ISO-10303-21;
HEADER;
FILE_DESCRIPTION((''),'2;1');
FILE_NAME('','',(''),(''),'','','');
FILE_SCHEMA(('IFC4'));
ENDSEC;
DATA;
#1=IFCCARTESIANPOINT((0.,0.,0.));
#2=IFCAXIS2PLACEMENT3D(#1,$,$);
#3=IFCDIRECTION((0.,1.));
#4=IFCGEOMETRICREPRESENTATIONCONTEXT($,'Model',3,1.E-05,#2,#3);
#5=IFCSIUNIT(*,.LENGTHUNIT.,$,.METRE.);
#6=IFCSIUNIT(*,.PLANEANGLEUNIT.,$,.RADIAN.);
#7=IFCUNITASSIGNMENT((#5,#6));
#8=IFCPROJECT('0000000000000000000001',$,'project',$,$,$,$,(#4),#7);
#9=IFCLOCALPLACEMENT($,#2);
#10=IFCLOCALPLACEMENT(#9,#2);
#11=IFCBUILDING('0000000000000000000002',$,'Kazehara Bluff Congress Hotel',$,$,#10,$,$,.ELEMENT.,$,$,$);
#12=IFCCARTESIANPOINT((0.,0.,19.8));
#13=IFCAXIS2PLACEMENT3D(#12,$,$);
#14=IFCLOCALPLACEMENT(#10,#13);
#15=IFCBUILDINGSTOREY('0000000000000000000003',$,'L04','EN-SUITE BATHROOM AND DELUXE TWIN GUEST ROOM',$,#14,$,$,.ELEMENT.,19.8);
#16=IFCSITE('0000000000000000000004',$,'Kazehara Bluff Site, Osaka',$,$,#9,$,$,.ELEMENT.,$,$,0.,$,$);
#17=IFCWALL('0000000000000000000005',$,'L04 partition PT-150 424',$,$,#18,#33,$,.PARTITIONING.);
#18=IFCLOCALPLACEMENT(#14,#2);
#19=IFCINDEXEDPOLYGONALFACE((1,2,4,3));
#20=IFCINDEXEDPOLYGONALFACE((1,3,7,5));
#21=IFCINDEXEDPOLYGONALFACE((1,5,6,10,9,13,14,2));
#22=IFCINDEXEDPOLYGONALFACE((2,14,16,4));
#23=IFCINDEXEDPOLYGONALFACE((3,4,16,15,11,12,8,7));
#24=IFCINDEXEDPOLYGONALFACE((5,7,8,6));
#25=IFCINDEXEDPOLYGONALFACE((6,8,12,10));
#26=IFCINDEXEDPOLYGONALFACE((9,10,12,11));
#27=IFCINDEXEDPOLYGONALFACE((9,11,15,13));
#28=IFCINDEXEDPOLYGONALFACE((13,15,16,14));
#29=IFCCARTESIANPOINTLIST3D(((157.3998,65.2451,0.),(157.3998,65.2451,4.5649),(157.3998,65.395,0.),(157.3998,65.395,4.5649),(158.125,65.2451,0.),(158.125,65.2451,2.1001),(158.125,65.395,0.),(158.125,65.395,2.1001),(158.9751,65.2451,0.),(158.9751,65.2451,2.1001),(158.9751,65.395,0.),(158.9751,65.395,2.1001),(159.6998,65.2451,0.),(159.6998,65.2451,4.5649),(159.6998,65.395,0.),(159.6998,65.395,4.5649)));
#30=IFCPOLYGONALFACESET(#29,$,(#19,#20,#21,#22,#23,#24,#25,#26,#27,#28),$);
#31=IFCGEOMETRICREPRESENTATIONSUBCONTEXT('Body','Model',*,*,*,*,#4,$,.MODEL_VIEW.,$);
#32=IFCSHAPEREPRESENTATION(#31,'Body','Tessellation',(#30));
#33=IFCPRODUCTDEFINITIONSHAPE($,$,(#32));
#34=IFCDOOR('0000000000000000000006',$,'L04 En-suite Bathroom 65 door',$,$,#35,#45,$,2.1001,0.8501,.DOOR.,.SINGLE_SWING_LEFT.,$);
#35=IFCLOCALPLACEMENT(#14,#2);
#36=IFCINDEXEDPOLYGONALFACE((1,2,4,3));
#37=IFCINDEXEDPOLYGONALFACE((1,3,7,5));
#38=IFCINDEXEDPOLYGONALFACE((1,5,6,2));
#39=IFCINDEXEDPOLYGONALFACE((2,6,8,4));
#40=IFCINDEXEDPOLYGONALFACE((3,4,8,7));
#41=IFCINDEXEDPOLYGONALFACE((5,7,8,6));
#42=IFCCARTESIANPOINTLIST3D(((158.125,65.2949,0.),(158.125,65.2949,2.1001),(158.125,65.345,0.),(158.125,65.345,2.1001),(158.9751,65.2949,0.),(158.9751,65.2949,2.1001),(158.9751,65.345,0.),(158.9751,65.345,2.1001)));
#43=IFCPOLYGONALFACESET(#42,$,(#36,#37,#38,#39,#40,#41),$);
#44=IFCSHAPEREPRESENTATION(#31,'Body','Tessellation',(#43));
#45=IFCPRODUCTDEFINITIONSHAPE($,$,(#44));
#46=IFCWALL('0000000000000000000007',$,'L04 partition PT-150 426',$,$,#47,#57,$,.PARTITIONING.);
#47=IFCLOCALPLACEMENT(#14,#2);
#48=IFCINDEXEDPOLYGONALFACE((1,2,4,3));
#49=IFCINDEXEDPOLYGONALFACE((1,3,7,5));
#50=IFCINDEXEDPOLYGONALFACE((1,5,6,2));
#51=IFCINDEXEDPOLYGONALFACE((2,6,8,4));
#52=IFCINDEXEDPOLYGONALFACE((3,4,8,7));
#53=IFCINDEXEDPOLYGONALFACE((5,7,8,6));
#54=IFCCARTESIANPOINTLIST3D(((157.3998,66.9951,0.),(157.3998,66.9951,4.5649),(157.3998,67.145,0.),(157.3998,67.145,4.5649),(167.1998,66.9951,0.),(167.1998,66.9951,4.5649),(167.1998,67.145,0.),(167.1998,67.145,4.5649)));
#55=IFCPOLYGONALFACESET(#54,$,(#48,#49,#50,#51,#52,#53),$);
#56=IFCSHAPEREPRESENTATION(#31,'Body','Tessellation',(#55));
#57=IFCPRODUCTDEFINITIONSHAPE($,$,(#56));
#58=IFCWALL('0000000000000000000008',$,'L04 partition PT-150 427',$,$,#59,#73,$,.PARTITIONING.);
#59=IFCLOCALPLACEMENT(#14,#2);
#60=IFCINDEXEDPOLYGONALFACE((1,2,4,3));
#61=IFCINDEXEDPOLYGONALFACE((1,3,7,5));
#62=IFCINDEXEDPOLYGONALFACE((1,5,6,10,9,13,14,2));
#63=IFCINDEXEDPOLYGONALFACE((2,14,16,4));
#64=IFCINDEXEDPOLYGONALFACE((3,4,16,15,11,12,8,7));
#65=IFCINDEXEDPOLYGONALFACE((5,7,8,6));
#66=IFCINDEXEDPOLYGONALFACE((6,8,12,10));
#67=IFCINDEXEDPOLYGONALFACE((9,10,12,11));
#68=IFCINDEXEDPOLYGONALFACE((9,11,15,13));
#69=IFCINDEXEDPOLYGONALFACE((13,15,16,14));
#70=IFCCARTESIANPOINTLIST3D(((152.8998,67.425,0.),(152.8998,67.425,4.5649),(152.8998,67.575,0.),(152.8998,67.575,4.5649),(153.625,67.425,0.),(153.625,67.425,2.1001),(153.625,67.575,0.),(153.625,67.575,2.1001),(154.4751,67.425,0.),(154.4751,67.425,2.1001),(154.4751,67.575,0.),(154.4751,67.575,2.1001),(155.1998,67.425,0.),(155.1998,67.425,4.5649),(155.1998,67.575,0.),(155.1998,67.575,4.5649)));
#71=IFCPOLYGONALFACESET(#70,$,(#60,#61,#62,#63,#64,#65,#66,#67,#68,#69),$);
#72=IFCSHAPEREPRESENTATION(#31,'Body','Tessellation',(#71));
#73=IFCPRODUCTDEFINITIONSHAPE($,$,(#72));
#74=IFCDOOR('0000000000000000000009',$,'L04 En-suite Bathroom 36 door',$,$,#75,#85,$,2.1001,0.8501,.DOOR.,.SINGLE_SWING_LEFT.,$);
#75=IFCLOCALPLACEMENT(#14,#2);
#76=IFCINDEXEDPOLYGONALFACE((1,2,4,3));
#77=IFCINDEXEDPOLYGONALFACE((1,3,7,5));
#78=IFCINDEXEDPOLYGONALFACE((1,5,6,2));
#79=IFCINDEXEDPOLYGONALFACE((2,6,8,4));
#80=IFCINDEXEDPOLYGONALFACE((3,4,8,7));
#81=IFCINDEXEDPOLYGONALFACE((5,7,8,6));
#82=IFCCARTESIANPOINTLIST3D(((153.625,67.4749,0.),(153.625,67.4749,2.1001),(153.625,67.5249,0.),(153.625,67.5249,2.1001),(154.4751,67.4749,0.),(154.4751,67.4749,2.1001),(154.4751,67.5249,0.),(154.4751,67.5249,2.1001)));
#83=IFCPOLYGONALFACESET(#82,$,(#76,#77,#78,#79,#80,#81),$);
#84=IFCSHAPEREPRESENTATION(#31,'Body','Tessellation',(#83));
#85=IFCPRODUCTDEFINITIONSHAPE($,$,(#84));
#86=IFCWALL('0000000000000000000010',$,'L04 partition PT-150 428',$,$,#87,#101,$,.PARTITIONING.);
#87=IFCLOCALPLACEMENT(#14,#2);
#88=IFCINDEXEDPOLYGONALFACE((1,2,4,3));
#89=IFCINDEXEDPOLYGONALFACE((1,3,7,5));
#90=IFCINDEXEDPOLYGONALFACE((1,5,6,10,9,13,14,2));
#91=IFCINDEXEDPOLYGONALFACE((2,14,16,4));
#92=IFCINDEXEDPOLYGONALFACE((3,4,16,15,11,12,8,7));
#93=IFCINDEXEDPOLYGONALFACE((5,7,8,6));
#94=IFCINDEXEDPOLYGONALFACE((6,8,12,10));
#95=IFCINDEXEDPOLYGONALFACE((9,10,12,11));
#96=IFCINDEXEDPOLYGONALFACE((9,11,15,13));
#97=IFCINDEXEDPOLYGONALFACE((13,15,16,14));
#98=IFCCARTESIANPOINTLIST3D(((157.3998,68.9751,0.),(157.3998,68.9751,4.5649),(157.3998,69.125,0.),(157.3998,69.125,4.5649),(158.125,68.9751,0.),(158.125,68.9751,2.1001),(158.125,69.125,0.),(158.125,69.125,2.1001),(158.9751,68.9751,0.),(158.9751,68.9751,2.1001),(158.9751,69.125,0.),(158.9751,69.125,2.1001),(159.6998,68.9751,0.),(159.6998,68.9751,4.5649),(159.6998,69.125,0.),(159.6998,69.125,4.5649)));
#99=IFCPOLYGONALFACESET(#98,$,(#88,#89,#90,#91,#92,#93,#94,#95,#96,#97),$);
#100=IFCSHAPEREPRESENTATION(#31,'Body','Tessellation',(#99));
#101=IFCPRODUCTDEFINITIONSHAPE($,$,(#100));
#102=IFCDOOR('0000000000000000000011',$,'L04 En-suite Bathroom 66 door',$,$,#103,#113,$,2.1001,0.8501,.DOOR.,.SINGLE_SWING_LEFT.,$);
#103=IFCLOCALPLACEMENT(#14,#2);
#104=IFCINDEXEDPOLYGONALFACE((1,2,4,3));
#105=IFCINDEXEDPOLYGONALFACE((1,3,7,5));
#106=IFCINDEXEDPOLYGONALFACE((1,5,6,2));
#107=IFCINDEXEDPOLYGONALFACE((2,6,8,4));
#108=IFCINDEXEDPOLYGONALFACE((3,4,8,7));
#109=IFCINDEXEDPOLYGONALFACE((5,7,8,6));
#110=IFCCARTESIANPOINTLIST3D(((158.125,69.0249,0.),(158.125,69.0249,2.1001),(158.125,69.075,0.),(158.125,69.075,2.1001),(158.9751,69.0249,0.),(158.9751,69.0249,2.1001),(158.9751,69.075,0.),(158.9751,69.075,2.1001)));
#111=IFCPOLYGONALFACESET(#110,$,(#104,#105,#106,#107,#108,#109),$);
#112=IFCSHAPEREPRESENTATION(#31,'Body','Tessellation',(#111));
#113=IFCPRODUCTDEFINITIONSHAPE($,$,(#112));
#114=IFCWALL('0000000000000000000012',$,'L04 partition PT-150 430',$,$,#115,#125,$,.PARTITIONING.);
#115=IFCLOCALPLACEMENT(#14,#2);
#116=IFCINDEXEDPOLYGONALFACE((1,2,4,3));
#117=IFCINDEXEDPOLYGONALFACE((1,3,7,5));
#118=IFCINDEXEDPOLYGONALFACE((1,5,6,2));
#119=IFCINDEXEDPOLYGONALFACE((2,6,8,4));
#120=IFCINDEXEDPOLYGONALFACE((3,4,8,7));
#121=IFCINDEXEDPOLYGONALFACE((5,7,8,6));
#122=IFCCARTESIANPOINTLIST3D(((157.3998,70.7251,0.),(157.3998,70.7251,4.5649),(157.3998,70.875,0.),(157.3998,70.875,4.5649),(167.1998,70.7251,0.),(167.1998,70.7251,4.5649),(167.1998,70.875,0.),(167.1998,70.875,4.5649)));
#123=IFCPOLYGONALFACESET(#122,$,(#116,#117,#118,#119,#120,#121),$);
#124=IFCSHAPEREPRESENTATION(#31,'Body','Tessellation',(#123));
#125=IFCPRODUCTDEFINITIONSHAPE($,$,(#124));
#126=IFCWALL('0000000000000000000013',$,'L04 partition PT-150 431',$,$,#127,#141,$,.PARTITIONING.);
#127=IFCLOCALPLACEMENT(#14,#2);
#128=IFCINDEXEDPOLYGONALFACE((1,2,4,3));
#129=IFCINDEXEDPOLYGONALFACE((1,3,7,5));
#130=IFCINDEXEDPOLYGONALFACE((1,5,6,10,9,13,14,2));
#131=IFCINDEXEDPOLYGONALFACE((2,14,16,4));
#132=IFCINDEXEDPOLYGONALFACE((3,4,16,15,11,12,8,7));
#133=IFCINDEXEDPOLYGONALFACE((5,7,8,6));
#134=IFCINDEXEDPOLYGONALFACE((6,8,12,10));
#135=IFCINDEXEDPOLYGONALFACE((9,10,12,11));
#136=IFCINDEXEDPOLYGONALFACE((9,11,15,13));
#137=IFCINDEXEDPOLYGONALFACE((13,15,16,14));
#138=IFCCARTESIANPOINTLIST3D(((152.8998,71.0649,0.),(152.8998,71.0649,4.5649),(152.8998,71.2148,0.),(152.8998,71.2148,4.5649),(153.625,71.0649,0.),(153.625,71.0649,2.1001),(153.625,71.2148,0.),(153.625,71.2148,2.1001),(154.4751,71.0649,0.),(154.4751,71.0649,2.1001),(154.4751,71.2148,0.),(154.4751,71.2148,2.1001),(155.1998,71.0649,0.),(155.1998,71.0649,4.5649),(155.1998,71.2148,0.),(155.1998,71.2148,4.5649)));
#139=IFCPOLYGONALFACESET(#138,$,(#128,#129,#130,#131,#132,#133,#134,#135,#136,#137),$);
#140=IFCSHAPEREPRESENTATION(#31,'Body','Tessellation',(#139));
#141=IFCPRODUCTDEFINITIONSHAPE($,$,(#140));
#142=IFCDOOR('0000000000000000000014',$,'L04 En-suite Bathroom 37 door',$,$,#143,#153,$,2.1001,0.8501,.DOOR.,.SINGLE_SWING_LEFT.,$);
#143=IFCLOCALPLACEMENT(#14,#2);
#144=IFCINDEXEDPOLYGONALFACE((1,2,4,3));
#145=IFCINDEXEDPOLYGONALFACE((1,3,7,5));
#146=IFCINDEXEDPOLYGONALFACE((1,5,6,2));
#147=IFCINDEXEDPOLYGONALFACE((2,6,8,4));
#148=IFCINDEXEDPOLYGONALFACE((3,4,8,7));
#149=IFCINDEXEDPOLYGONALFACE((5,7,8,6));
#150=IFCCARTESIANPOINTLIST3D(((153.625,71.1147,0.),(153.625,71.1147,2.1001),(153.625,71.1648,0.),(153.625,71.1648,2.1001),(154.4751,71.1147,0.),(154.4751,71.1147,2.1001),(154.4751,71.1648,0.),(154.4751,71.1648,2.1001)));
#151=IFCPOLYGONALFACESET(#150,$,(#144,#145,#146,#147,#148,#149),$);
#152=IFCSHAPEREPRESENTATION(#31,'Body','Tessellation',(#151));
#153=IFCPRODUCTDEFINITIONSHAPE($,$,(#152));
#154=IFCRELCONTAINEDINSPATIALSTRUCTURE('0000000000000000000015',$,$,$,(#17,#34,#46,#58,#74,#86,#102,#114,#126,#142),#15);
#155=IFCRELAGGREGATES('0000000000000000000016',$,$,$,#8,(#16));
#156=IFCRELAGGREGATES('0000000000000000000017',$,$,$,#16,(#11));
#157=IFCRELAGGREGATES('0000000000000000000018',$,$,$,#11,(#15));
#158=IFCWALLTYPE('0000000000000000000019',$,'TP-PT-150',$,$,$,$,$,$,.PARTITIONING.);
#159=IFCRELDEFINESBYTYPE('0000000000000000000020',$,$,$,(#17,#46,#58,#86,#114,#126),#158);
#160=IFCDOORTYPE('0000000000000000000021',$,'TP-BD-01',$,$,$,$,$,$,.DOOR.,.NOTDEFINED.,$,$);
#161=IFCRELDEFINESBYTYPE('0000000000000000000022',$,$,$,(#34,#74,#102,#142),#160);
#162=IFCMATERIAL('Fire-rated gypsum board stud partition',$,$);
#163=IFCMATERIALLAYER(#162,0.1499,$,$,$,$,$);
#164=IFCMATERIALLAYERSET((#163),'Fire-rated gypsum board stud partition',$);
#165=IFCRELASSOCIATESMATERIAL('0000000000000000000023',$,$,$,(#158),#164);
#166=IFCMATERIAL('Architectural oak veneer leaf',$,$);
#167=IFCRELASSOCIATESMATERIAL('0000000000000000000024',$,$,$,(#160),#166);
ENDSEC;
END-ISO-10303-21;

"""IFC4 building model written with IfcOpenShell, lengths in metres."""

from ifc_helpers import new_model, si_unit, direction, frame, frame_2d, origin, place, context, subcontext, project, spatial, rectangle, extrude, material, layer, layer_set, type_object, element, fill, save


model = new_model("IFC4")

# Units and contexts
model_context = context("Model", 3, precision=1e-05, world=origin(), true_north=direction((0.0, 1.0)))
body_context = subcontext(model_context, "Body", "Model", "MODEL_VIEW")
ifc_project = project(units=[si_unit("LENGTHUNIT", "METRE"), si_unit("PLANEANGLEUNIT", "RADIAN")], contexts=[model_context])

# Site, building, storey
site_placement = place(None, origin())
site = spatial("IfcSite", under=ifc_project, at=site_placement, Name="Kazehara Bluff Site, Osaka", CompositionType="ELEMENT", RefElevation=0.0)
building_placement = place(site_placement, origin())
building = spatial("IfcBuilding", under=site, at=building_placement, Name="Kazehara Bluff Congress Hotel", CompositionType="ELEMENT")
storey_placement = place(building_placement, frame((0.0, 0.0, 19.8)))
storey = spatial("IfcBuildingStorey", under=building, at=storey_placement, Name="L04", Description="EN-SUITE BATHROOM AND DELUXE TWIN GUEST ROOM", CompositionType="ELEMENT", Elevation=19.8)

# Wall, opening, door
ifc_material_1 = material(Name="Fire-rated gypsum board stud partition")
ifc_layer_1 = layer(ifc_material_1, 0.1499)
ifc_layer_set_1 = layer_set([ifc_layer_1], Name="Fire-rated gypsum board stud partition")
wall_type_1 = type_object("IfcWallType", Name="TP-PT-150", PredefinedType="PARTITIONING", material=ifc_layer_set_1)
wall_1_placement = place(storey_placement, frame((157.3999, 65.3201, 0.0), z_axis=(0.0, 0.0, 1.0), x_axis=(1.0, 0.0, 0.0)))
wall_1 = element("IfcWall", 1, at=wall_1_placement, inside=storey, type_object=wall_type_1, Name="L04 partition PT-150 424", PredefinedType="PARTITIONING", context=body_context, shape_type="SweptSolid", body=[
    extrude(rectangle(XDim=2.3, YDim=0.1499, at=frame_2d((1.1499, 0.0))), origin(), (0.0, 0.0, 1.0), 4.5649),
])
opening_1_placement = place(wall_1_placement, frame((0.7251, 0.0, 0.0)))
opening_1 = element("IfcOpeningElement", 2, at=opening_1_placement, cuts=wall_1, PredefinedType="OPENING", context=body_context, shape_type="SweptSolid", body=[
    extrude(rectangle(XDim=0.8501, YDim=2.1001, at=frame_2d((0.425, 1.05))), frame((0.0, 0.085, 0.0), z_axis=(0.0, -1.0, 0.0), x_axis=(1.0, 0.0, 0.0)), (0.0, 0.0, 1.0), 0.1699),
])
ifc_material_2 = material(Name="Architectural oak veneer leaf")
door_type = type_object("IfcDoorType", Name="TP-BD-01", OperationType="NOTDEFINED", PredefinedType="DOOR", material=ifc_material_2)
door_1_placement = place(opening_1_placement, origin())
door_1 = element("IfcDoor", 3, at=door_1_placement, inside=storey, type_object=door_type, Name="L04 En-suite Bathroom 65 door", OperationType="SINGLE_SWING_LEFT", OverallHeight=2.1001, OverallWidth=0.8501, PredefinedType="DOOR", context=body_context, shape_type="SweptSolid", body=[
    extrude(rectangle(XDim=0.8501, YDim=2.1001, at=frame_2d((0.425, 1.05))), frame((0.0, 0.0249, 0.0), z_axis=(0.0, -1.0, 0.0), x_axis=(1.0, 0.0, 0.0)), (0.0, 0.0, 1.0), 0.05),
])
fill(opening_1, door_1)

# Wall
wall_2_placement = place(storey_placement, frame((157.3999, 67.0701, 0.0), z_axis=(0.0, 0.0, 1.0), x_axis=(1.0, 0.0, 0.0)))
element("IfcWall", 4, at=wall_2_placement, inside=storey, type_object=wall_type_1, Name="L04 partition PT-150 426", PredefinedType="PARTITIONING", context=body_context, shape_type="SweptSolid", body=[
    extrude(rectangle(XDim=9.8, YDim=0.1499, at=frame_2d((4.8999, 0.0))), origin(), (0.0, 0.0, 1.0), 4.5649),
])

# Walls, openings, doors
wall_3_placement = place(storey_placement, frame((152.8999, 67.5, 0.0), z_axis=(0.0, 0.0, 1.0), x_axis=(1.0, 0.0, 0.0)))
wall_3 = element("IfcWall", 5, at=wall_3_placement, inside=storey, type_object=wall_type_1, Name="L04 partition PT-150 427", PredefinedType="PARTITIONING", context=body_context, shape_type="SweptSolid", body=[
    extrude(rectangle(XDim=2.3, YDim=0.1499, at=frame_2d((1.1499, 0.0))), origin(), (0.0, 0.0, 1.0), 4.5649),
])
opening_2_placement = place(wall_3_placement, frame((0.7251, 0.0, 0.0)))
opening_2 = element("IfcOpeningElement", 6, at=opening_2_placement, cuts=wall_3, PredefinedType="OPENING", context=body_context, shape_type="SweptSolid", body=[
    extrude(rectangle(XDim=0.8501, YDim=2.1001, at=frame_2d((0.425, 1.05))), frame((0.0, 0.085, 0.0), z_axis=(0.0, -1.0, 0.0), x_axis=(1.0, 0.0, 0.0)), (0.0, 0.0, 1.0), 0.1699),
])
door_2_placement = place(opening_2_placement, origin())
door_2 = element("IfcDoor", 7, at=door_2_placement, inside=storey, type_object=door_type, Name="L04 En-suite Bathroom 36 door", OperationType="SINGLE_SWING_LEFT", OverallHeight=2.1001, OverallWidth=0.8501, PredefinedType="DOOR", context=body_context, shape_type="SweptSolid", body=[
    extrude(rectangle(XDim=0.8501, YDim=2.1001, at=frame_2d((0.425, 1.05))), frame((0.0, 0.0249, 0.0), z_axis=(0.0, -1.0, 0.0), x_axis=(1.0, 0.0, 0.0)), (0.0, 0.0, 1.0), 0.05),
])
fill(opening_2, door_2)
wall_4_placement = place(storey_placement, frame((157.3999, 69.05, 0.0), z_axis=(0.0, 0.0, 1.0), x_axis=(1.0, 0.0, 0.0)))
wall_4 = element("IfcWall", 8, at=wall_4_placement, inside=storey, type_object=wall_type_1, Name="L04 partition PT-150 428", PredefinedType="PARTITIONING", context=body_context, shape_type="SweptSolid", body=[
    extrude(rectangle(XDim=2.3, YDim=0.1499, at=frame_2d((1.1499, 0.0))), origin(), (0.0, 0.0, 1.0), 4.5649),
])
opening_3_placement = place(wall_4_placement, frame((0.7251, 0.0, 0.0)))
opening_3 = element("IfcOpeningElement", 9, at=opening_3_placement, cuts=wall_4, PredefinedType="OPENING", context=body_context, shape_type="SweptSolid", body=[
    extrude(rectangle(XDim=0.8501, YDim=2.1001, at=frame_2d((0.425, 1.05))), frame((0.0, 0.085, 0.0), z_axis=(0.0, -1.0, 0.0), x_axis=(1.0, 0.0, 0.0)), (0.0, 0.0, 1.0), 0.1699),
])
door_3_placement = place(opening_3_placement, origin())
door_3 = element("IfcDoor", 10, at=door_3_placement, inside=storey, type_object=door_type, Name="L04 En-suite Bathroom 66 door", OperationType="SINGLE_SWING_LEFT", OverallHeight=2.1001, OverallWidth=0.8501, PredefinedType="DOOR", context=body_context, shape_type="SweptSolid", body=[
    extrude(rectangle(XDim=0.8501, YDim=2.1001, at=frame_2d((0.425, 1.05))), frame((0.0, 0.0249, 0.0), z_axis=(0.0, -1.0, 0.0), x_axis=(1.0, 0.0, 0.0)), (0.0, 0.0, 1.0), 0.05),
])
fill(opening_3, door_3)

# Wall
wall_5_placement = place(storey_placement, frame((157.3999, 70.8, 0.0), z_axis=(0.0, 0.0, 1.0), x_axis=(1.0, 0.0, 0.0)))
element("IfcWall", 11, at=wall_5_placement, inside=storey, type_object=wall_type_1, Name="L04 partition PT-150 430", PredefinedType="PARTITIONING", context=body_context, shape_type="SweptSolid", body=[
    extrude(rectangle(XDim=9.8, YDim=0.1499, at=frame_2d((4.8999, 0.0))), origin(), (0.0, 0.0, 1.0), 4.5649),
])

# Wall, opening, door
wall_6_placement = place(storey_placement, frame((152.8999, 71.1399, 0.0), z_axis=(0.0, 0.0, 1.0), x_axis=(1.0, 0.0, 0.0)))
wall_6 = element("IfcWall", 12, at=wall_6_placement, inside=storey, type_object=wall_type_1, Name="L04 partition PT-150 431", PredefinedType="PARTITIONING", context=body_context, shape_type="SweptSolid", body=[
    extrude(rectangle(XDim=2.3, YDim=0.1499, at=frame_2d((1.1499, 0.0))), origin(), (0.0, 0.0, 1.0), 4.5649),
])
opening_4_placement = place(wall_6_placement, frame((0.7251, 0.0, 0.0)))
opening_4 = element("IfcOpeningElement", 13, at=opening_4_placement, cuts=wall_6, PredefinedType="OPENING", context=body_context, shape_type="SweptSolid", body=[
    extrude(rectangle(XDim=0.8501, YDim=2.1001, at=frame_2d((0.425, 1.05))), frame((0.0, 0.085, 0.0), z_axis=(0.0, -1.0, 0.0), x_axis=(1.0, 0.0, 0.0)), (0.0, 0.0, 1.0), 0.1699),
])
door_4_placement = place(opening_4_placement, origin())
door_4 = element("IfcDoor", 14, at=door_4_placement, inside=storey, type_object=door_type, Name="L04 En-suite Bathroom 37 door", OperationType="SINGLE_SWING_LEFT", OverallHeight=2.1001, OverallWidth=0.8501, PredefinedType="DOOR", context=body_context, shape_type="SweptSolid", body=[
    extrude(rectangle(XDim=0.8501, YDim=2.1001, at=frame_2d((0.425, 1.05))), frame((0.0, 0.0249, 0.0), z_axis=(0.0, -1.0, 0.0), x_axis=(1.0, 0.0, 0.0)), (0.0, 0.0, 1.0), 0.05),
])
fill(opening_4, door_4)

save(model, "model.ifc")
